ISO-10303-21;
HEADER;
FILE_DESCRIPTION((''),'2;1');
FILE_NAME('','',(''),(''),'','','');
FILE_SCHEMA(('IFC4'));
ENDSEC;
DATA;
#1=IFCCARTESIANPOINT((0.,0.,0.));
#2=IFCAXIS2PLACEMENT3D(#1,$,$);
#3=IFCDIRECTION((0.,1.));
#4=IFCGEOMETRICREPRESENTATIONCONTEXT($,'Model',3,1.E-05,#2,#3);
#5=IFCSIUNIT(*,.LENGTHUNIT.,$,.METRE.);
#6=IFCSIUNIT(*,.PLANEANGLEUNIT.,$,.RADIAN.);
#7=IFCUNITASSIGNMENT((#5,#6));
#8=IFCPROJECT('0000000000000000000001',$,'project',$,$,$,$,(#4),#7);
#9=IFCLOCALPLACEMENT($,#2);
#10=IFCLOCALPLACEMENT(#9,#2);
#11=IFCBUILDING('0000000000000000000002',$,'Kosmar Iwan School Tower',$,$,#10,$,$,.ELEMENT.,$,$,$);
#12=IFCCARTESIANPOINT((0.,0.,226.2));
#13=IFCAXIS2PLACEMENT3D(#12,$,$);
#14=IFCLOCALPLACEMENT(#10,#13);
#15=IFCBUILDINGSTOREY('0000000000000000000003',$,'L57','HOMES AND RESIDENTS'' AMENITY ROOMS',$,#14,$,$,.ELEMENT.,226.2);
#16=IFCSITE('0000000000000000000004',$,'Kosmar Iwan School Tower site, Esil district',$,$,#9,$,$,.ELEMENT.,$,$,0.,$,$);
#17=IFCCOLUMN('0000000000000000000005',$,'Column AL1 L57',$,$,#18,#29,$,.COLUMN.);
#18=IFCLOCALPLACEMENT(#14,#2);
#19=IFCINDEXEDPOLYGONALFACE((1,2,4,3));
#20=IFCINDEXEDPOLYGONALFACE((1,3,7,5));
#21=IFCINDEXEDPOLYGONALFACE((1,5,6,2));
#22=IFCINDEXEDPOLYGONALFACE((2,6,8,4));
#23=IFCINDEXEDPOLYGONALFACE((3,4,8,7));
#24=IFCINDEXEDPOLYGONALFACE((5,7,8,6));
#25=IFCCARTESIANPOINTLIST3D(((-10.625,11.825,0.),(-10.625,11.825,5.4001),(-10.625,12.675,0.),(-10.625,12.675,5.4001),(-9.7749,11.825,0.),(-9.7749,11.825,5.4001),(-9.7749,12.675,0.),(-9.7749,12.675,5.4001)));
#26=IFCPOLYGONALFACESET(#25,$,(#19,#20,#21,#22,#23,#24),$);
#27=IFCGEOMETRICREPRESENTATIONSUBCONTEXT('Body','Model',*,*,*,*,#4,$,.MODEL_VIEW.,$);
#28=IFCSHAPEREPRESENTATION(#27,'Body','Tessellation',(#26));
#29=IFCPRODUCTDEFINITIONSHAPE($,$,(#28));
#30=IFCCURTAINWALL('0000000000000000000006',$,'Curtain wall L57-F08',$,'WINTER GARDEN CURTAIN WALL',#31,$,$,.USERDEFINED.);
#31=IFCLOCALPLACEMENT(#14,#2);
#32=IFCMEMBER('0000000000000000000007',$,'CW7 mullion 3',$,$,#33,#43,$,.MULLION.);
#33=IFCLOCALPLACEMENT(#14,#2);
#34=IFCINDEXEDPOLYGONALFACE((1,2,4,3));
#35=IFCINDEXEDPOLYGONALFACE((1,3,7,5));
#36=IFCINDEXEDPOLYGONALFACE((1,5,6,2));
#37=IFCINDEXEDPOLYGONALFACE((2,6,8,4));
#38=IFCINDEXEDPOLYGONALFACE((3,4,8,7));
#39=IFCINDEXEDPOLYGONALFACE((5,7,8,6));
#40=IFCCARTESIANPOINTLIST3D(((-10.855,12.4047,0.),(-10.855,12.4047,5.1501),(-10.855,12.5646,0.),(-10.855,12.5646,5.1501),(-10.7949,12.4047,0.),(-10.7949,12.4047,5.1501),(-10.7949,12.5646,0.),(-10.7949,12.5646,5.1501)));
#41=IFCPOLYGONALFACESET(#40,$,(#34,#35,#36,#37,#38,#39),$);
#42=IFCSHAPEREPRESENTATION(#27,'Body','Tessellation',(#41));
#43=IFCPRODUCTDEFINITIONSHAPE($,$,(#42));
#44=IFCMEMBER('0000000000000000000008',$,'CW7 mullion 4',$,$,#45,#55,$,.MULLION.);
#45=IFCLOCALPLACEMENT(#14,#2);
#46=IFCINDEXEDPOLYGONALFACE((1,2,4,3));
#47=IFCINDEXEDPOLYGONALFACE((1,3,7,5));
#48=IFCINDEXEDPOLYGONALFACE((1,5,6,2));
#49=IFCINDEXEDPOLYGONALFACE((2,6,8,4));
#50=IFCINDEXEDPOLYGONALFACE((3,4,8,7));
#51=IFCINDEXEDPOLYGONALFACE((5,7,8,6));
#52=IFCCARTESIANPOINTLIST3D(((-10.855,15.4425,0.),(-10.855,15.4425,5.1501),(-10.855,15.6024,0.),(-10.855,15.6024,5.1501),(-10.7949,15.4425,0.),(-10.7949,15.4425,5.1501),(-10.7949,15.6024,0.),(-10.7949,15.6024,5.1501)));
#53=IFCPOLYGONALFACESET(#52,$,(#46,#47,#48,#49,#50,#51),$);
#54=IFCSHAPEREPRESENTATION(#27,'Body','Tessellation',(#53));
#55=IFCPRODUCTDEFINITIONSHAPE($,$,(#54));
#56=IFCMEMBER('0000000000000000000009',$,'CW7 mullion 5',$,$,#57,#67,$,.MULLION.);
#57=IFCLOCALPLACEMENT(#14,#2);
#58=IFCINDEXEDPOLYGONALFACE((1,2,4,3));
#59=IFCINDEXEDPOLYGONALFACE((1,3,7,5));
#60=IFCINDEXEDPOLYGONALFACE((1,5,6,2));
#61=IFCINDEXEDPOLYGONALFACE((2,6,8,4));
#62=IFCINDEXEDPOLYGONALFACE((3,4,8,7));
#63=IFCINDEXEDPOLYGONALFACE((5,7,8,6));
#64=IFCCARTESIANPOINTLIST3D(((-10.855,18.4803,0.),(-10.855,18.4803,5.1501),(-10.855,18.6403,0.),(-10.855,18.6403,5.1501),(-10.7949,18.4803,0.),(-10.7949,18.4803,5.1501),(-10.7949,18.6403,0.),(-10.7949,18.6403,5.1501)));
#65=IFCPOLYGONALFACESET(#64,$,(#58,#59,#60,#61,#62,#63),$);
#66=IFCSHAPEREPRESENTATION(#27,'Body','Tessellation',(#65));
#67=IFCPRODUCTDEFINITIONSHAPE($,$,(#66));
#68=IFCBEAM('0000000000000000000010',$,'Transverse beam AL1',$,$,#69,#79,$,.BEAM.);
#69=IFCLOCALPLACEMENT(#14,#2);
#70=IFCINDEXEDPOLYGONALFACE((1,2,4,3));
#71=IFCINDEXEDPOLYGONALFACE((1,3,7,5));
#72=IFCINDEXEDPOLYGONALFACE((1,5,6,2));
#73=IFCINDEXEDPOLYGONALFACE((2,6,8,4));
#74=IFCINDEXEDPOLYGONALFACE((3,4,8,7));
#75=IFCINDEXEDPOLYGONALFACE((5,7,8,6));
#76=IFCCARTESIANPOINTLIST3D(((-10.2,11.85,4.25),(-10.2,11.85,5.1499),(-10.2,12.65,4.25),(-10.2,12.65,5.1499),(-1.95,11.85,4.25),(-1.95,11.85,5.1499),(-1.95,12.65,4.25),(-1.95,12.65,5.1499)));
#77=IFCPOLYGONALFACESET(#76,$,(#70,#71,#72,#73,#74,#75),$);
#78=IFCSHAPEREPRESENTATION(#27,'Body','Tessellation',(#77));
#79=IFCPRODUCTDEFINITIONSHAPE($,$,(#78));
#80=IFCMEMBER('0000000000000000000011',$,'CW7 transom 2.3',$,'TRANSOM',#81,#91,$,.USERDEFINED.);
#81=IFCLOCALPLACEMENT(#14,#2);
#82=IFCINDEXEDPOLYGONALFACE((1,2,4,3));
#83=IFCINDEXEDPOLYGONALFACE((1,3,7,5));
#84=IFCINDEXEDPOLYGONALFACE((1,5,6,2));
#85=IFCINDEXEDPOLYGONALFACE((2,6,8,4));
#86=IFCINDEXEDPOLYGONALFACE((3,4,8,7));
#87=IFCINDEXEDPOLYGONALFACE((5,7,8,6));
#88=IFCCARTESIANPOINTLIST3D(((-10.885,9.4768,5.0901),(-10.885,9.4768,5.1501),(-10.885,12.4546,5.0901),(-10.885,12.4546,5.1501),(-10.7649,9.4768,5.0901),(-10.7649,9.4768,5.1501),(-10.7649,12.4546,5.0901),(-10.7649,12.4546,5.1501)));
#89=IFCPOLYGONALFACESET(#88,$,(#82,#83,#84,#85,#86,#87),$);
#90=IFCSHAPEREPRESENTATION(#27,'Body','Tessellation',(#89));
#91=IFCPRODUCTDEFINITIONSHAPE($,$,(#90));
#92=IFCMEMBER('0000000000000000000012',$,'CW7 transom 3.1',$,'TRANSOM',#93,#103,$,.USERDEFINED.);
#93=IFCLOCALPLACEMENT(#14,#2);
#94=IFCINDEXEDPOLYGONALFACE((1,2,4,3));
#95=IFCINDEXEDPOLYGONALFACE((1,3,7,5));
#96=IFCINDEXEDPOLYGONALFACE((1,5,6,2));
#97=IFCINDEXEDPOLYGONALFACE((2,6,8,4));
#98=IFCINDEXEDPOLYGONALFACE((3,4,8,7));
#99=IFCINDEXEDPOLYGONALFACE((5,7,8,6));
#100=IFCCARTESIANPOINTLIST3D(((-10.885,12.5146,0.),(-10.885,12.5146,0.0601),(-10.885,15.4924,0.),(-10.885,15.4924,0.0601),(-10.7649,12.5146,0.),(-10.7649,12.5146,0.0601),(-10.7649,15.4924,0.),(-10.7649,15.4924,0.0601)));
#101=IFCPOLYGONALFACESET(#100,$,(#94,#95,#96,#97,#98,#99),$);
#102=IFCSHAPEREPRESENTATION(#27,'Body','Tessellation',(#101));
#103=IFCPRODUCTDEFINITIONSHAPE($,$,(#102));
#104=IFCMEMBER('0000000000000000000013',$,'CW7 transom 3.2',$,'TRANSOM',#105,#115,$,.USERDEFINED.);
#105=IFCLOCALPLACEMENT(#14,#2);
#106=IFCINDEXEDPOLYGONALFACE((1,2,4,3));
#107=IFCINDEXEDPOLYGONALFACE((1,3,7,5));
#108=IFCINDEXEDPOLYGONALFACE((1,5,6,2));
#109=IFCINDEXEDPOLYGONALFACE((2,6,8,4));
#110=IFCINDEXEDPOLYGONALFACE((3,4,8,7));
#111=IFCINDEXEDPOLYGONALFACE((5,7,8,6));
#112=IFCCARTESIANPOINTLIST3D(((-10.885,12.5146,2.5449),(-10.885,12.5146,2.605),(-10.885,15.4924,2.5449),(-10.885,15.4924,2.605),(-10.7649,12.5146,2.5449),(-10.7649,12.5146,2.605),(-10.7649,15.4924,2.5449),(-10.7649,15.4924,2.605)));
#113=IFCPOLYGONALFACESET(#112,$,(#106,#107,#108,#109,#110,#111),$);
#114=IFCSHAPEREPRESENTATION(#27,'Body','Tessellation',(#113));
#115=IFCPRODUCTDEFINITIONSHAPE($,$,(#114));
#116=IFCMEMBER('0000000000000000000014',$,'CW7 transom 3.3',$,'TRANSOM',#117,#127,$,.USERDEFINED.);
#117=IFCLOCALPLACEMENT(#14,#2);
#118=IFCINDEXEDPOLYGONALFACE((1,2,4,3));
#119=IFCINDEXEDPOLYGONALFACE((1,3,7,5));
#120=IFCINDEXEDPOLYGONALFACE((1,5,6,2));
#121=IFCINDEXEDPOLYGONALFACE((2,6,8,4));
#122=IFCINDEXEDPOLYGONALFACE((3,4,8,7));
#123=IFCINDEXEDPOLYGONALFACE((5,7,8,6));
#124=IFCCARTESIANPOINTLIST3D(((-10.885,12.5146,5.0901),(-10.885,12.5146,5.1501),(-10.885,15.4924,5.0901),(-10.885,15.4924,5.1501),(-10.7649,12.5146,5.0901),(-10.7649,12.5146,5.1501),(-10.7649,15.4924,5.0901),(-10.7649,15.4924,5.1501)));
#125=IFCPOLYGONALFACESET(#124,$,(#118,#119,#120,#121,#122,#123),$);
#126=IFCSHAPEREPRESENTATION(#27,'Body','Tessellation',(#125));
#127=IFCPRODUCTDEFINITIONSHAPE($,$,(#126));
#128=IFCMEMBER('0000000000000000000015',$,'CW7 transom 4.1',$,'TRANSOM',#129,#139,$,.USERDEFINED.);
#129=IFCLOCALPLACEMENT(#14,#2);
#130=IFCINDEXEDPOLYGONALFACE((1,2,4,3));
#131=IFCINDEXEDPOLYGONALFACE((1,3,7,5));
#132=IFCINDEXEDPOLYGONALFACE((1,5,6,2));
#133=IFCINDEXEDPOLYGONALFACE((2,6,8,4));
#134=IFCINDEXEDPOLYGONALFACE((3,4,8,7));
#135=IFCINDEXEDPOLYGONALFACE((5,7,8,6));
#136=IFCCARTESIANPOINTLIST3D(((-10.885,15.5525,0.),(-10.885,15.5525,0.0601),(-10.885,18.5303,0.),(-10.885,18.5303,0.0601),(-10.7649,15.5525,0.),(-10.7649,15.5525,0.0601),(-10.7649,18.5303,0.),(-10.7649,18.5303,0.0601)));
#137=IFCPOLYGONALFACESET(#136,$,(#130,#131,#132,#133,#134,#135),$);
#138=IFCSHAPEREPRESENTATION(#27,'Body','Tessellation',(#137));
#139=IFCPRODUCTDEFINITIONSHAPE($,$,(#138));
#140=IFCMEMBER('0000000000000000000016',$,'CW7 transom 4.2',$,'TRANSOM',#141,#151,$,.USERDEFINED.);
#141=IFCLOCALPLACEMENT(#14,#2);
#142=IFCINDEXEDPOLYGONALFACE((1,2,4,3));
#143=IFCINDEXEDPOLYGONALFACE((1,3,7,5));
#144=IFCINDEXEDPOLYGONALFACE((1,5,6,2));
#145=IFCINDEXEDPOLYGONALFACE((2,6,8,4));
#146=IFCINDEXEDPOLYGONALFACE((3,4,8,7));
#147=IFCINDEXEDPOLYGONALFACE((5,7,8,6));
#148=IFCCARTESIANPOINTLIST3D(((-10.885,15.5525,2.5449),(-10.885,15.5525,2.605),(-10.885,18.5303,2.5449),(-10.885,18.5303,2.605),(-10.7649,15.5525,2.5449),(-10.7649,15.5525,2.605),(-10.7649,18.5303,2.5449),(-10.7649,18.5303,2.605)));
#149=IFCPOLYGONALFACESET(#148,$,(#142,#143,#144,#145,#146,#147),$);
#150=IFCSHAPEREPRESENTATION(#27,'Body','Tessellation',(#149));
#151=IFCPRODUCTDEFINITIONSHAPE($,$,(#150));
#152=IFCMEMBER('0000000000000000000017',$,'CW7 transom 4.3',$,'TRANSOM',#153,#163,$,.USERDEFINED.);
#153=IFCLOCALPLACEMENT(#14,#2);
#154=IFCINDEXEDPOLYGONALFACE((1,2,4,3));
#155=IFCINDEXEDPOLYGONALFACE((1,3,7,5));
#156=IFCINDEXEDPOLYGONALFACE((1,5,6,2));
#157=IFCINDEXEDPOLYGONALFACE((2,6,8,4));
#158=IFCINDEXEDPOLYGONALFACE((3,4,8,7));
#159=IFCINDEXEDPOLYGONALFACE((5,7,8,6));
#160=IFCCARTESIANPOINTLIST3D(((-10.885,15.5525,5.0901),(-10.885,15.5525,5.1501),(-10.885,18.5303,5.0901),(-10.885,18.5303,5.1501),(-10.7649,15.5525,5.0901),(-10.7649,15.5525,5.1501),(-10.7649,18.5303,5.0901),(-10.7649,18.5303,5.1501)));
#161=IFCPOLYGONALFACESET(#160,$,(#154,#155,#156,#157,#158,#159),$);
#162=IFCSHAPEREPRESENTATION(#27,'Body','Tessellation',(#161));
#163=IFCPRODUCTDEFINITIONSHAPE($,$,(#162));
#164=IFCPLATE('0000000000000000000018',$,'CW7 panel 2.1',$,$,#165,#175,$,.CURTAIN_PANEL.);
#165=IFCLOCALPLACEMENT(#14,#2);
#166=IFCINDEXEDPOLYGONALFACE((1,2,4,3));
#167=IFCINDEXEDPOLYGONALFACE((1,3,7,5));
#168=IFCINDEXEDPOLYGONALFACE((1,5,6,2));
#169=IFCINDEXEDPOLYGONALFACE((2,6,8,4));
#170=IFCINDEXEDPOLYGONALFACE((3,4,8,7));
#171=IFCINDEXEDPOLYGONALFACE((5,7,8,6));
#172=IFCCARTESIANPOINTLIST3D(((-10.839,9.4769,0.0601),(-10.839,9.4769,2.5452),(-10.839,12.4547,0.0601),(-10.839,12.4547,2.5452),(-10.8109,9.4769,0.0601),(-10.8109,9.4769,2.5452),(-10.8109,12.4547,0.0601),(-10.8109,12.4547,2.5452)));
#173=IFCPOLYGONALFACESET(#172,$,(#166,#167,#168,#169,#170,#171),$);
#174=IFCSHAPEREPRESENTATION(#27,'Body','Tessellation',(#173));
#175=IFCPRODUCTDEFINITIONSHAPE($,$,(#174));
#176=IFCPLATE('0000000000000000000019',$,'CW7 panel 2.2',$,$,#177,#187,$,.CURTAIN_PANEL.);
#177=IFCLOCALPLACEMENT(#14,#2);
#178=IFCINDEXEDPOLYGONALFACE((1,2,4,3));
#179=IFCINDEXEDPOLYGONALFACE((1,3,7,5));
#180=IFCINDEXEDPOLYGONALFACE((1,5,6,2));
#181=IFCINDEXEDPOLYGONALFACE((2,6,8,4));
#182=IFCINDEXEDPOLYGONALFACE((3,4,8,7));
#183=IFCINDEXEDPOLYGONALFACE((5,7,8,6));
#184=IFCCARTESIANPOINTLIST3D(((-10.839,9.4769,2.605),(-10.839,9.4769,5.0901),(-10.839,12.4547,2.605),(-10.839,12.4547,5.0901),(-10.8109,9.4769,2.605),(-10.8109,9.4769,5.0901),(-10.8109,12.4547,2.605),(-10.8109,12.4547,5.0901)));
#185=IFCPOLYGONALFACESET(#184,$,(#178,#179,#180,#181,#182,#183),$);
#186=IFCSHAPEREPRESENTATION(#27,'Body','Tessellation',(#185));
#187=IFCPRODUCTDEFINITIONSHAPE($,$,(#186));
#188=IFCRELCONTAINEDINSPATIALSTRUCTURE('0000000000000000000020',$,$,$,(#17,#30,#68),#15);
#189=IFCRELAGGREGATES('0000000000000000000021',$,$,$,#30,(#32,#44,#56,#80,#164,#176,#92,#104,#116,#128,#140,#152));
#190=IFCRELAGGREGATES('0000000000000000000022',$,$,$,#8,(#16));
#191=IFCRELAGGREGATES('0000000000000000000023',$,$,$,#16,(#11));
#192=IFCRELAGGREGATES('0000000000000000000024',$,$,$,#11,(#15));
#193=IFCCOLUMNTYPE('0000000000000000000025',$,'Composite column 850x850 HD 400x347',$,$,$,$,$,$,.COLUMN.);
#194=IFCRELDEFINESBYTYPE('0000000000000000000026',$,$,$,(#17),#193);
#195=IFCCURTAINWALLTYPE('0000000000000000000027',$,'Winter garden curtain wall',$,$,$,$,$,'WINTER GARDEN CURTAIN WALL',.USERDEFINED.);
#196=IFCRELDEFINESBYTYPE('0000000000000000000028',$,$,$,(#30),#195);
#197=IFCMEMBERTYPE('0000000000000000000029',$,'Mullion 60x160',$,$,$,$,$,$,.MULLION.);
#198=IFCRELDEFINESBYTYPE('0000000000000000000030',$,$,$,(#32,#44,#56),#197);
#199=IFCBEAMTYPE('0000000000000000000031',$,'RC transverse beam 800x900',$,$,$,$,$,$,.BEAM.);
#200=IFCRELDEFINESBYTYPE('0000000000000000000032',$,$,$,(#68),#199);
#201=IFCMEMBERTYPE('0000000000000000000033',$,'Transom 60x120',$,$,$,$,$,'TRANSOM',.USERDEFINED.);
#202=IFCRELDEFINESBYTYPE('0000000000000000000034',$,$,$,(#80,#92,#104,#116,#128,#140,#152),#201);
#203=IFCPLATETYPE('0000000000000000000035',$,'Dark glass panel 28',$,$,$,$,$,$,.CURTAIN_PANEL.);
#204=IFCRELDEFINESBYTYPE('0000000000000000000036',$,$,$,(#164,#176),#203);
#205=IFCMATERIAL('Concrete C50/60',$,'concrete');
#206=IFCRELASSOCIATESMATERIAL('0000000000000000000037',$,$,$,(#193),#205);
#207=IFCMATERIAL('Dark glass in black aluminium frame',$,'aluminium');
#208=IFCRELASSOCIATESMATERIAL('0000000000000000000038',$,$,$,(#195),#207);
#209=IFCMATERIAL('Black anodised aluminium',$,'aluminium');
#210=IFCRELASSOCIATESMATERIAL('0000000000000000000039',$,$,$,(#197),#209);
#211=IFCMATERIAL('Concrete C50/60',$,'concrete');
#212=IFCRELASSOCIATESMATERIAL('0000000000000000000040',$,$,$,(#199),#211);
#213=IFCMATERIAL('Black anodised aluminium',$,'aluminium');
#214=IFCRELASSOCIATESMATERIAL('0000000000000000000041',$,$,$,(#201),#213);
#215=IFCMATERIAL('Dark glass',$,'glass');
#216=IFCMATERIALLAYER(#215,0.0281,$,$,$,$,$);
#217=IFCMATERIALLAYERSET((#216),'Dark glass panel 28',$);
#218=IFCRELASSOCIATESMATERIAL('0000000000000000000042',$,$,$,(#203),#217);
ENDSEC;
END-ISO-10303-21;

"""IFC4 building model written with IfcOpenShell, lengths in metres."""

from ifc_helpers import new_model, si_unit, direction, frame, origin, origin_2d, place, context, subcontext, project, spatial, rectangle, extrude, material, layer, layer_set, material_profile, profile_set, type_object, element, aggregate, save


model = new_model("IFC4")

# Units and contexts
model_context = context("Model", 3, precision=1e-05, world=origin(), true_north=direction((0.0, 1.0)))
body_context = subcontext(model_context, "Body", "Model", "MODEL_VIEW")
ifc_project = project(units=[si_unit("LENGTHUNIT", "METRE"), si_unit("PLANEANGLEUNIT", "RADIAN")], contexts=[model_context])

# Site, building, storey
site_placement = place(None, origin())
site = spatial("IfcSite", under=ifc_project, at=site_placement, Name="Kosmar Iwan School Tower site, Esil district", CompositionType="ELEMENT", RefElevation=0.0)
building_placement = place(site_placement, origin())
building = spatial("IfcBuilding", under=site, at=building_placement, Name="Kosmar Iwan School Tower", CompositionType="ELEMENT")
storey_placement = place(building_placement, frame((0.0, 0.0, 226.2)))
storey = spatial("IfcBuildingStorey", under=building, at=storey_placement, Name="L57", Description="HOMES AND RESIDENTS' AMENITY ROOMS", CompositionType="ELEMENT", Elevation=226.2)

# Column
ifc_material_1 = material(Name="Concrete C50/60", Category="concrete")
ifc_material_profile_1 = material_profile(ifc_material_1, rectangle(XDim=0.8501, YDim=0.8501, at=origin_2d()), Name="RC 850x850 + HD 400x347")
ifc_profile_set_1 = profile_set([ifc_material_profile_1], Name="Concrete C50/60")
column_type = type_object("IfcColumnType", Name="Composite column 850x850 HD 400x347", PredefinedType="COLUMN", material=ifc_profile_set_1)
column_placement = place(storey_placement, frame((-10.2, 12.25, 0.0), z_axis=(0.0, 0.0, 1.0), x_axis=(0.0, 1.0, 0.0)))
element("IfcColumn", 1, at=column_placement, inside=storey, type_object=column_type, Name="Column AL1 L57", PredefinedType="COLUMN", context=body_context, shape_type="SweptSolid", body=[
    extrude(rectangle(XDim=0.8501, YDim=0.8501, at=origin_2d()), origin(), (0.0, 0.0, 1.0), 5.4001),
])

# Curtain wall, members
ifc_material_2 = material(Name="Dark glass in black aluminium frame", Category="aluminium")
curtain_wall_type = type_object("IfcCurtainWallType", Name="Winter garden curtain wall", ElementType="WINTER GARDEN CURTAIN WALL", PredefinedType="USERDEFINED", material=ifc_material_2)
curtain_wall_placement = place(storey_placement, origin())
curtain_wall = element("IfcCurtainWall", 2, at=curtain_wall_placement, inside=storey, type_object=curtain_wall_type, Name="Curtain wall L57-F08", ObjectType="WINTER GARDEN CURTAIN WALL", PredefinedType="USERDEFINED")
ifc_material_3 = material(Name="Black anodised aluminium", Category="aluminium")
ifc_material_profile_2 = material_profile(ifc_material_3, rectangle(XDim=0.0601, YDim=0.1599, at=origin_2d()), Name="MULLION 60x160")
ifc_profile_set_2 = profile_set([ifc_material_profile_2], Name="Black anodised aluminium")
member_type_1 = type_object("IfcMemberType", Name="Mullion 60x160", PredefinedType="MULLION", material=ifc_profile_set_2)
member_1_placement = place(storey_placement, frame((-10.825, 12.4846, 0.0), z_axis=(0.0, 0.0, 1.0), x_axis=(-1.0, 0.0, 0.0)))
member_1 = element("IfcMember", 3, at=member_1_placement, type_object=member_type_1, Name="CW7 mullion 3", PredefinedType="MULLION", context=body_context, shape_type="SweptSolid", body=[
    extrude(rectangle(XDim=0.0601, YDim=0.1599, at=origin_2d()), origin(), (0.0, 0.0, 1.0), 5.1501),
])
member_2_placement = place(storey_placement, frame((-10.825, 15.5225, 0.0), z_axis=(0.0, 0.0, 1.0), x_axis=(-1.0, 0.0, 0.0)))
member_2 = element("IfcMember", 4, at=member_2_placement, type_object=member_type_1, Name="CW7 mullion 4", PredefinedType="MULLION", context=body_context, shape_type="SweptSolid", body=[
    extrude(rectangle(XDim=0.0601, YDim=0.1599, at=origin_2d()), origin(), (0.0, 0.0, 1.0), 5.1501),
])
member_3_placement = place(storey_placement, frame((-10.825, 18.5603, 0.0), z_axis=(0.0, 0.0, 1.0), x_axis=(-1.0, 0.0, 0.0)))
member_3 = element("IfcMember", 5, at=member_3_placement, type_object=member_type_1, Name="CW7 mullion 5", PredefinedType="MULLION", context=body_context, shape_type="SweptSolid", body=[
    extrude(rectangle(XDim=0.0601, YDim=0.1599, at=origin_2d()), origin(), (0.0, 0.0, 1.0), 5.1501),
])

# Beam
ifc_material_4 = material(Name="Concrete C50/60", Category="concrete")
ifc_material_profile_3 = material_profile(ifc_material_4, rectangle(XDim=0.8, YDim=0.8999, at=origin_2d()), Name="RC 800x900")
ifc_profile_set_3 = profile_set([ifc_material_profile_3], Name="Concrete C50/60")
beam_type = type_object("IfcBeamType", Name="RC transverse beam 800x900", PredefinedType="BEAM", material=ifc_profile_set_3)
beam_placement = place(storey_placement, frame((-10.2, 12.25, 4.7), z_axis=(1.0, 0.0, 0.0), x_axis=(0.0, 1.0, 0.0)))
element("IfcBeam", 6, at=beam_placement, inside=storey, type_object=beam_type, Name="Transverse beam AL1", PredefinedType="BEAM", context=body_context, shape_type="SweptSolid", body=[
    extrude(rectangle(XDim=0.8, YDim=0.8999, at=origin_2d()), origin(), (0.0, 0.0, 1.0), 8.25),
])

# Members
ifc_material_5 = material(Name="Black anodised aluminium", Category="aluminium")
ifc_material_profile_4 = material_profile(ifc_material_5, rectangle(XDim=0.1201, YDim=0.0601, at=origin_2d()), Name="TRANSOM 60x120")
ifc_profile_set_4 = profile_set([ifc_material_profile_4], Name="Black anodised aluminium")
member_type_2 = type_object("IfcMemberType", Name="Transom 60x120", ElementType="TRANSOM", PredefinedType="USERDEFINED", material=ifc_profile_set_4)
member_4_placement = place(storey_placement, frame((-10.825, 9.4768, 5.1201), z_axis=(0.0, 1.0, 0.0), x_axis=(-1.0, 0.0, 0.0)))
member_4 = element("IfcMember", 7, at=member_4_placement, type_object=member_type_2, Name="CW7 transom 2.3", ObjectType="TRANSOM", PredefinedType="USERDEFINED", context=body_context, shape_type="SweptSolid", body=[
    extrude(rectangle(XDim=0.1201, YDim=0.0601, at=origin_2d()), origin(), (0.0, 0.0, 1.0), 2.9778),
])
member_5_placement = place(storey_placement, frame((-10.825, 12.5146, 0.03), z_axis=(0.0, 1.0, 0.0), x_axis=(-1.0, 0.0, 0.0)))
member_5 = element("IfcMember", 8, at=member_5_placement, type_object=member_type_2, Name="CW7 transom 3.1", ObjectType="TRANSOM", PredefinedType="USERDEFINED", context=body_context, shape_type="SweptSolid", body=[
    extrude(rectangle(XDim=0.1201, YDim=0.0601, at=origin_2d()), origin(), (0.0, 0.0, 1.0), 2.9778),
])
member_6_placement = place(storey_placement, frame((-10.825, 12.5146, 2.575), z_axis=(0.0, 1.0, 0.0), x_axis=(-1.0, 0.0, 0.0)))
member_6 = element("IfcMember", 9, at=member_6_placement, type_object=member_type_2, Name="CW7 transom 3.2", ObjectType="TRANSOM", PredefinedType="USERDEFINED", context=body_context, shape_type="SweptSolid", body=[
    extrude(rectangle(XDim=0.1201, YDim=0.0601, at=origin_2d()), origin(), (0.0, 0.0, 1.0), 2.9778),
])
member_7_placement = place(storey_placement, frame((-10.825, 12.5146, 5.1201), z_axis=(0.0, 1.0, 0.0), x_axis=(-1.0, 0.0, 0.0)))
member_7 = element("IfcMember", 10, at=member_7_placement, type_object=member_type_2, Name="CW7 transom 3.3", ObjectType="TRANSOM", PredefinedType="USERDEFINED", context=body_context, shape_type="SweptSolid", body=[
    extrude(rectangle(XDim=0.1201, YDim=0.0601, at=origin_2d()), origin(), (0.0, 0.0, 1.0), 2.9778),
])
member_8_placement = place(storey_placement, frame((-10.825, 15.5525, 0.03), z_axis=(0.0, 1.0, 0.0), x_axis=(-1.0, 0.0, 0.0)))
member_8 = element("IfcMember", 11, at=member_8_placement, type_object=member_type_2, Name="CW7 transom 4.1", ObjectType="TRANSOM", PredefinedType="USERDEFINED", context=body_context, shape_type="SweptSolid", body=[
    extrude(rectangle(XDim=0.1201, YDim=0.0601, at=origin_2d()), origin(), (0.0, 0.0, 1.0), 2.9778),
])
member_9_placement = place(storey_placement, frame((-10.825, 15.5525, 2.575), z_axis=(0.0, 1.0, 0.0), x_axis=(-1.0, 0.0, 0.0)))
member_9 = element("IfcMember", 12, at=member_9_placement, type_object=member_type_2, Name="CW7 transom 4.2", ObjectType="TRANSOM", PredefinedType="USERDEFINED", context=body_context, shape_type="SweptSolid", body=[
    extrude(rectangle(XDim=0.1201, YDim=0.0601, at=origin_2d()), origin(), (0.0, 0.0, 1.0), 2.9778),
])
member_10_placement = place(storey_placement, frame((-10.825, 15.5525, 5.1201), z_axis=(0.0, 1.0, 0.0), x_axis=(-1.0, 0.0, 0.0)))
member_10 = element("IfcMember", 13, at=member_10_placement, type_object=member_type_2, Name="CW7 transom 4.3", ObjectType="TRANSOM", PredefinedType="USERDEFINED", context=body_context, shape_type="SweptSolid", body=[
    extrude(rectangle(XDim=0.1201, YDim=0.0601, at=origin_2d()), origin(), (0.0, 0.0, 1.0), 2.9778),
])

# Plates
ifc_material_6 = material(Name="Dark glass", Category="glass")
ifc_layer = layer(ifc_material_6, 0.0281)
ifc_layer_set = layer_set([ifc_layer], Name="Dark glass panel 28")
plate_type = type_object("IfcPlateType", Name="Dark glass panel 28", PredefinedType="CURTAIN_PANEL", material=ifc_layer_set)
plate_1_placement = place(storey_placement, frame((-10.825, 10.9658, 0.0601), z_axis=(0.0, 0.0, 1.0), x_axis=(0.0, 1.0, 0.0)))
plate_1 = element("IfcPlate", 14, at=plate_1_placement, type_object=plate_type, Name="CW7 panel 2.1", PredefinedType="CURTAIN_PANEL", context=body_context, shape_type="SweptSolid", body=[
    extrude(rectangle(XDim=2.9778, YDim=0.0281, at=origin_2d()), origin(), (0.0, 0.0, 1.0), 2.4851),
])
plate_2_placement = place(storey_placement, frame((-10.825, 10.9658, 2.605), z_axis=(0.0, 0.0, 1.0), x_axis=(0.0, 1.0, 0.0)))
plate_2 = element("IfcPlate", 15, at=plate_2_placement, type_object=plate_type, Name="CW7 panel 2.2", PredefinedType="CURTAIN_PANEL", context=body_context, shape_type="SweptSolid", body=[
    extrude(rectangle(XDim=2.9778, YDim=0.0281, at=origin_2d()), origin(), (0.0, 0.0, 1.0), 2.4851),
])
aggregate(curtain_wall, [member_1, member_2, member_3, member_4, plate_1, plate_2, member_5, member_6, member_7, member_8, member_9, member_10])

save(model, "model.ifc")
